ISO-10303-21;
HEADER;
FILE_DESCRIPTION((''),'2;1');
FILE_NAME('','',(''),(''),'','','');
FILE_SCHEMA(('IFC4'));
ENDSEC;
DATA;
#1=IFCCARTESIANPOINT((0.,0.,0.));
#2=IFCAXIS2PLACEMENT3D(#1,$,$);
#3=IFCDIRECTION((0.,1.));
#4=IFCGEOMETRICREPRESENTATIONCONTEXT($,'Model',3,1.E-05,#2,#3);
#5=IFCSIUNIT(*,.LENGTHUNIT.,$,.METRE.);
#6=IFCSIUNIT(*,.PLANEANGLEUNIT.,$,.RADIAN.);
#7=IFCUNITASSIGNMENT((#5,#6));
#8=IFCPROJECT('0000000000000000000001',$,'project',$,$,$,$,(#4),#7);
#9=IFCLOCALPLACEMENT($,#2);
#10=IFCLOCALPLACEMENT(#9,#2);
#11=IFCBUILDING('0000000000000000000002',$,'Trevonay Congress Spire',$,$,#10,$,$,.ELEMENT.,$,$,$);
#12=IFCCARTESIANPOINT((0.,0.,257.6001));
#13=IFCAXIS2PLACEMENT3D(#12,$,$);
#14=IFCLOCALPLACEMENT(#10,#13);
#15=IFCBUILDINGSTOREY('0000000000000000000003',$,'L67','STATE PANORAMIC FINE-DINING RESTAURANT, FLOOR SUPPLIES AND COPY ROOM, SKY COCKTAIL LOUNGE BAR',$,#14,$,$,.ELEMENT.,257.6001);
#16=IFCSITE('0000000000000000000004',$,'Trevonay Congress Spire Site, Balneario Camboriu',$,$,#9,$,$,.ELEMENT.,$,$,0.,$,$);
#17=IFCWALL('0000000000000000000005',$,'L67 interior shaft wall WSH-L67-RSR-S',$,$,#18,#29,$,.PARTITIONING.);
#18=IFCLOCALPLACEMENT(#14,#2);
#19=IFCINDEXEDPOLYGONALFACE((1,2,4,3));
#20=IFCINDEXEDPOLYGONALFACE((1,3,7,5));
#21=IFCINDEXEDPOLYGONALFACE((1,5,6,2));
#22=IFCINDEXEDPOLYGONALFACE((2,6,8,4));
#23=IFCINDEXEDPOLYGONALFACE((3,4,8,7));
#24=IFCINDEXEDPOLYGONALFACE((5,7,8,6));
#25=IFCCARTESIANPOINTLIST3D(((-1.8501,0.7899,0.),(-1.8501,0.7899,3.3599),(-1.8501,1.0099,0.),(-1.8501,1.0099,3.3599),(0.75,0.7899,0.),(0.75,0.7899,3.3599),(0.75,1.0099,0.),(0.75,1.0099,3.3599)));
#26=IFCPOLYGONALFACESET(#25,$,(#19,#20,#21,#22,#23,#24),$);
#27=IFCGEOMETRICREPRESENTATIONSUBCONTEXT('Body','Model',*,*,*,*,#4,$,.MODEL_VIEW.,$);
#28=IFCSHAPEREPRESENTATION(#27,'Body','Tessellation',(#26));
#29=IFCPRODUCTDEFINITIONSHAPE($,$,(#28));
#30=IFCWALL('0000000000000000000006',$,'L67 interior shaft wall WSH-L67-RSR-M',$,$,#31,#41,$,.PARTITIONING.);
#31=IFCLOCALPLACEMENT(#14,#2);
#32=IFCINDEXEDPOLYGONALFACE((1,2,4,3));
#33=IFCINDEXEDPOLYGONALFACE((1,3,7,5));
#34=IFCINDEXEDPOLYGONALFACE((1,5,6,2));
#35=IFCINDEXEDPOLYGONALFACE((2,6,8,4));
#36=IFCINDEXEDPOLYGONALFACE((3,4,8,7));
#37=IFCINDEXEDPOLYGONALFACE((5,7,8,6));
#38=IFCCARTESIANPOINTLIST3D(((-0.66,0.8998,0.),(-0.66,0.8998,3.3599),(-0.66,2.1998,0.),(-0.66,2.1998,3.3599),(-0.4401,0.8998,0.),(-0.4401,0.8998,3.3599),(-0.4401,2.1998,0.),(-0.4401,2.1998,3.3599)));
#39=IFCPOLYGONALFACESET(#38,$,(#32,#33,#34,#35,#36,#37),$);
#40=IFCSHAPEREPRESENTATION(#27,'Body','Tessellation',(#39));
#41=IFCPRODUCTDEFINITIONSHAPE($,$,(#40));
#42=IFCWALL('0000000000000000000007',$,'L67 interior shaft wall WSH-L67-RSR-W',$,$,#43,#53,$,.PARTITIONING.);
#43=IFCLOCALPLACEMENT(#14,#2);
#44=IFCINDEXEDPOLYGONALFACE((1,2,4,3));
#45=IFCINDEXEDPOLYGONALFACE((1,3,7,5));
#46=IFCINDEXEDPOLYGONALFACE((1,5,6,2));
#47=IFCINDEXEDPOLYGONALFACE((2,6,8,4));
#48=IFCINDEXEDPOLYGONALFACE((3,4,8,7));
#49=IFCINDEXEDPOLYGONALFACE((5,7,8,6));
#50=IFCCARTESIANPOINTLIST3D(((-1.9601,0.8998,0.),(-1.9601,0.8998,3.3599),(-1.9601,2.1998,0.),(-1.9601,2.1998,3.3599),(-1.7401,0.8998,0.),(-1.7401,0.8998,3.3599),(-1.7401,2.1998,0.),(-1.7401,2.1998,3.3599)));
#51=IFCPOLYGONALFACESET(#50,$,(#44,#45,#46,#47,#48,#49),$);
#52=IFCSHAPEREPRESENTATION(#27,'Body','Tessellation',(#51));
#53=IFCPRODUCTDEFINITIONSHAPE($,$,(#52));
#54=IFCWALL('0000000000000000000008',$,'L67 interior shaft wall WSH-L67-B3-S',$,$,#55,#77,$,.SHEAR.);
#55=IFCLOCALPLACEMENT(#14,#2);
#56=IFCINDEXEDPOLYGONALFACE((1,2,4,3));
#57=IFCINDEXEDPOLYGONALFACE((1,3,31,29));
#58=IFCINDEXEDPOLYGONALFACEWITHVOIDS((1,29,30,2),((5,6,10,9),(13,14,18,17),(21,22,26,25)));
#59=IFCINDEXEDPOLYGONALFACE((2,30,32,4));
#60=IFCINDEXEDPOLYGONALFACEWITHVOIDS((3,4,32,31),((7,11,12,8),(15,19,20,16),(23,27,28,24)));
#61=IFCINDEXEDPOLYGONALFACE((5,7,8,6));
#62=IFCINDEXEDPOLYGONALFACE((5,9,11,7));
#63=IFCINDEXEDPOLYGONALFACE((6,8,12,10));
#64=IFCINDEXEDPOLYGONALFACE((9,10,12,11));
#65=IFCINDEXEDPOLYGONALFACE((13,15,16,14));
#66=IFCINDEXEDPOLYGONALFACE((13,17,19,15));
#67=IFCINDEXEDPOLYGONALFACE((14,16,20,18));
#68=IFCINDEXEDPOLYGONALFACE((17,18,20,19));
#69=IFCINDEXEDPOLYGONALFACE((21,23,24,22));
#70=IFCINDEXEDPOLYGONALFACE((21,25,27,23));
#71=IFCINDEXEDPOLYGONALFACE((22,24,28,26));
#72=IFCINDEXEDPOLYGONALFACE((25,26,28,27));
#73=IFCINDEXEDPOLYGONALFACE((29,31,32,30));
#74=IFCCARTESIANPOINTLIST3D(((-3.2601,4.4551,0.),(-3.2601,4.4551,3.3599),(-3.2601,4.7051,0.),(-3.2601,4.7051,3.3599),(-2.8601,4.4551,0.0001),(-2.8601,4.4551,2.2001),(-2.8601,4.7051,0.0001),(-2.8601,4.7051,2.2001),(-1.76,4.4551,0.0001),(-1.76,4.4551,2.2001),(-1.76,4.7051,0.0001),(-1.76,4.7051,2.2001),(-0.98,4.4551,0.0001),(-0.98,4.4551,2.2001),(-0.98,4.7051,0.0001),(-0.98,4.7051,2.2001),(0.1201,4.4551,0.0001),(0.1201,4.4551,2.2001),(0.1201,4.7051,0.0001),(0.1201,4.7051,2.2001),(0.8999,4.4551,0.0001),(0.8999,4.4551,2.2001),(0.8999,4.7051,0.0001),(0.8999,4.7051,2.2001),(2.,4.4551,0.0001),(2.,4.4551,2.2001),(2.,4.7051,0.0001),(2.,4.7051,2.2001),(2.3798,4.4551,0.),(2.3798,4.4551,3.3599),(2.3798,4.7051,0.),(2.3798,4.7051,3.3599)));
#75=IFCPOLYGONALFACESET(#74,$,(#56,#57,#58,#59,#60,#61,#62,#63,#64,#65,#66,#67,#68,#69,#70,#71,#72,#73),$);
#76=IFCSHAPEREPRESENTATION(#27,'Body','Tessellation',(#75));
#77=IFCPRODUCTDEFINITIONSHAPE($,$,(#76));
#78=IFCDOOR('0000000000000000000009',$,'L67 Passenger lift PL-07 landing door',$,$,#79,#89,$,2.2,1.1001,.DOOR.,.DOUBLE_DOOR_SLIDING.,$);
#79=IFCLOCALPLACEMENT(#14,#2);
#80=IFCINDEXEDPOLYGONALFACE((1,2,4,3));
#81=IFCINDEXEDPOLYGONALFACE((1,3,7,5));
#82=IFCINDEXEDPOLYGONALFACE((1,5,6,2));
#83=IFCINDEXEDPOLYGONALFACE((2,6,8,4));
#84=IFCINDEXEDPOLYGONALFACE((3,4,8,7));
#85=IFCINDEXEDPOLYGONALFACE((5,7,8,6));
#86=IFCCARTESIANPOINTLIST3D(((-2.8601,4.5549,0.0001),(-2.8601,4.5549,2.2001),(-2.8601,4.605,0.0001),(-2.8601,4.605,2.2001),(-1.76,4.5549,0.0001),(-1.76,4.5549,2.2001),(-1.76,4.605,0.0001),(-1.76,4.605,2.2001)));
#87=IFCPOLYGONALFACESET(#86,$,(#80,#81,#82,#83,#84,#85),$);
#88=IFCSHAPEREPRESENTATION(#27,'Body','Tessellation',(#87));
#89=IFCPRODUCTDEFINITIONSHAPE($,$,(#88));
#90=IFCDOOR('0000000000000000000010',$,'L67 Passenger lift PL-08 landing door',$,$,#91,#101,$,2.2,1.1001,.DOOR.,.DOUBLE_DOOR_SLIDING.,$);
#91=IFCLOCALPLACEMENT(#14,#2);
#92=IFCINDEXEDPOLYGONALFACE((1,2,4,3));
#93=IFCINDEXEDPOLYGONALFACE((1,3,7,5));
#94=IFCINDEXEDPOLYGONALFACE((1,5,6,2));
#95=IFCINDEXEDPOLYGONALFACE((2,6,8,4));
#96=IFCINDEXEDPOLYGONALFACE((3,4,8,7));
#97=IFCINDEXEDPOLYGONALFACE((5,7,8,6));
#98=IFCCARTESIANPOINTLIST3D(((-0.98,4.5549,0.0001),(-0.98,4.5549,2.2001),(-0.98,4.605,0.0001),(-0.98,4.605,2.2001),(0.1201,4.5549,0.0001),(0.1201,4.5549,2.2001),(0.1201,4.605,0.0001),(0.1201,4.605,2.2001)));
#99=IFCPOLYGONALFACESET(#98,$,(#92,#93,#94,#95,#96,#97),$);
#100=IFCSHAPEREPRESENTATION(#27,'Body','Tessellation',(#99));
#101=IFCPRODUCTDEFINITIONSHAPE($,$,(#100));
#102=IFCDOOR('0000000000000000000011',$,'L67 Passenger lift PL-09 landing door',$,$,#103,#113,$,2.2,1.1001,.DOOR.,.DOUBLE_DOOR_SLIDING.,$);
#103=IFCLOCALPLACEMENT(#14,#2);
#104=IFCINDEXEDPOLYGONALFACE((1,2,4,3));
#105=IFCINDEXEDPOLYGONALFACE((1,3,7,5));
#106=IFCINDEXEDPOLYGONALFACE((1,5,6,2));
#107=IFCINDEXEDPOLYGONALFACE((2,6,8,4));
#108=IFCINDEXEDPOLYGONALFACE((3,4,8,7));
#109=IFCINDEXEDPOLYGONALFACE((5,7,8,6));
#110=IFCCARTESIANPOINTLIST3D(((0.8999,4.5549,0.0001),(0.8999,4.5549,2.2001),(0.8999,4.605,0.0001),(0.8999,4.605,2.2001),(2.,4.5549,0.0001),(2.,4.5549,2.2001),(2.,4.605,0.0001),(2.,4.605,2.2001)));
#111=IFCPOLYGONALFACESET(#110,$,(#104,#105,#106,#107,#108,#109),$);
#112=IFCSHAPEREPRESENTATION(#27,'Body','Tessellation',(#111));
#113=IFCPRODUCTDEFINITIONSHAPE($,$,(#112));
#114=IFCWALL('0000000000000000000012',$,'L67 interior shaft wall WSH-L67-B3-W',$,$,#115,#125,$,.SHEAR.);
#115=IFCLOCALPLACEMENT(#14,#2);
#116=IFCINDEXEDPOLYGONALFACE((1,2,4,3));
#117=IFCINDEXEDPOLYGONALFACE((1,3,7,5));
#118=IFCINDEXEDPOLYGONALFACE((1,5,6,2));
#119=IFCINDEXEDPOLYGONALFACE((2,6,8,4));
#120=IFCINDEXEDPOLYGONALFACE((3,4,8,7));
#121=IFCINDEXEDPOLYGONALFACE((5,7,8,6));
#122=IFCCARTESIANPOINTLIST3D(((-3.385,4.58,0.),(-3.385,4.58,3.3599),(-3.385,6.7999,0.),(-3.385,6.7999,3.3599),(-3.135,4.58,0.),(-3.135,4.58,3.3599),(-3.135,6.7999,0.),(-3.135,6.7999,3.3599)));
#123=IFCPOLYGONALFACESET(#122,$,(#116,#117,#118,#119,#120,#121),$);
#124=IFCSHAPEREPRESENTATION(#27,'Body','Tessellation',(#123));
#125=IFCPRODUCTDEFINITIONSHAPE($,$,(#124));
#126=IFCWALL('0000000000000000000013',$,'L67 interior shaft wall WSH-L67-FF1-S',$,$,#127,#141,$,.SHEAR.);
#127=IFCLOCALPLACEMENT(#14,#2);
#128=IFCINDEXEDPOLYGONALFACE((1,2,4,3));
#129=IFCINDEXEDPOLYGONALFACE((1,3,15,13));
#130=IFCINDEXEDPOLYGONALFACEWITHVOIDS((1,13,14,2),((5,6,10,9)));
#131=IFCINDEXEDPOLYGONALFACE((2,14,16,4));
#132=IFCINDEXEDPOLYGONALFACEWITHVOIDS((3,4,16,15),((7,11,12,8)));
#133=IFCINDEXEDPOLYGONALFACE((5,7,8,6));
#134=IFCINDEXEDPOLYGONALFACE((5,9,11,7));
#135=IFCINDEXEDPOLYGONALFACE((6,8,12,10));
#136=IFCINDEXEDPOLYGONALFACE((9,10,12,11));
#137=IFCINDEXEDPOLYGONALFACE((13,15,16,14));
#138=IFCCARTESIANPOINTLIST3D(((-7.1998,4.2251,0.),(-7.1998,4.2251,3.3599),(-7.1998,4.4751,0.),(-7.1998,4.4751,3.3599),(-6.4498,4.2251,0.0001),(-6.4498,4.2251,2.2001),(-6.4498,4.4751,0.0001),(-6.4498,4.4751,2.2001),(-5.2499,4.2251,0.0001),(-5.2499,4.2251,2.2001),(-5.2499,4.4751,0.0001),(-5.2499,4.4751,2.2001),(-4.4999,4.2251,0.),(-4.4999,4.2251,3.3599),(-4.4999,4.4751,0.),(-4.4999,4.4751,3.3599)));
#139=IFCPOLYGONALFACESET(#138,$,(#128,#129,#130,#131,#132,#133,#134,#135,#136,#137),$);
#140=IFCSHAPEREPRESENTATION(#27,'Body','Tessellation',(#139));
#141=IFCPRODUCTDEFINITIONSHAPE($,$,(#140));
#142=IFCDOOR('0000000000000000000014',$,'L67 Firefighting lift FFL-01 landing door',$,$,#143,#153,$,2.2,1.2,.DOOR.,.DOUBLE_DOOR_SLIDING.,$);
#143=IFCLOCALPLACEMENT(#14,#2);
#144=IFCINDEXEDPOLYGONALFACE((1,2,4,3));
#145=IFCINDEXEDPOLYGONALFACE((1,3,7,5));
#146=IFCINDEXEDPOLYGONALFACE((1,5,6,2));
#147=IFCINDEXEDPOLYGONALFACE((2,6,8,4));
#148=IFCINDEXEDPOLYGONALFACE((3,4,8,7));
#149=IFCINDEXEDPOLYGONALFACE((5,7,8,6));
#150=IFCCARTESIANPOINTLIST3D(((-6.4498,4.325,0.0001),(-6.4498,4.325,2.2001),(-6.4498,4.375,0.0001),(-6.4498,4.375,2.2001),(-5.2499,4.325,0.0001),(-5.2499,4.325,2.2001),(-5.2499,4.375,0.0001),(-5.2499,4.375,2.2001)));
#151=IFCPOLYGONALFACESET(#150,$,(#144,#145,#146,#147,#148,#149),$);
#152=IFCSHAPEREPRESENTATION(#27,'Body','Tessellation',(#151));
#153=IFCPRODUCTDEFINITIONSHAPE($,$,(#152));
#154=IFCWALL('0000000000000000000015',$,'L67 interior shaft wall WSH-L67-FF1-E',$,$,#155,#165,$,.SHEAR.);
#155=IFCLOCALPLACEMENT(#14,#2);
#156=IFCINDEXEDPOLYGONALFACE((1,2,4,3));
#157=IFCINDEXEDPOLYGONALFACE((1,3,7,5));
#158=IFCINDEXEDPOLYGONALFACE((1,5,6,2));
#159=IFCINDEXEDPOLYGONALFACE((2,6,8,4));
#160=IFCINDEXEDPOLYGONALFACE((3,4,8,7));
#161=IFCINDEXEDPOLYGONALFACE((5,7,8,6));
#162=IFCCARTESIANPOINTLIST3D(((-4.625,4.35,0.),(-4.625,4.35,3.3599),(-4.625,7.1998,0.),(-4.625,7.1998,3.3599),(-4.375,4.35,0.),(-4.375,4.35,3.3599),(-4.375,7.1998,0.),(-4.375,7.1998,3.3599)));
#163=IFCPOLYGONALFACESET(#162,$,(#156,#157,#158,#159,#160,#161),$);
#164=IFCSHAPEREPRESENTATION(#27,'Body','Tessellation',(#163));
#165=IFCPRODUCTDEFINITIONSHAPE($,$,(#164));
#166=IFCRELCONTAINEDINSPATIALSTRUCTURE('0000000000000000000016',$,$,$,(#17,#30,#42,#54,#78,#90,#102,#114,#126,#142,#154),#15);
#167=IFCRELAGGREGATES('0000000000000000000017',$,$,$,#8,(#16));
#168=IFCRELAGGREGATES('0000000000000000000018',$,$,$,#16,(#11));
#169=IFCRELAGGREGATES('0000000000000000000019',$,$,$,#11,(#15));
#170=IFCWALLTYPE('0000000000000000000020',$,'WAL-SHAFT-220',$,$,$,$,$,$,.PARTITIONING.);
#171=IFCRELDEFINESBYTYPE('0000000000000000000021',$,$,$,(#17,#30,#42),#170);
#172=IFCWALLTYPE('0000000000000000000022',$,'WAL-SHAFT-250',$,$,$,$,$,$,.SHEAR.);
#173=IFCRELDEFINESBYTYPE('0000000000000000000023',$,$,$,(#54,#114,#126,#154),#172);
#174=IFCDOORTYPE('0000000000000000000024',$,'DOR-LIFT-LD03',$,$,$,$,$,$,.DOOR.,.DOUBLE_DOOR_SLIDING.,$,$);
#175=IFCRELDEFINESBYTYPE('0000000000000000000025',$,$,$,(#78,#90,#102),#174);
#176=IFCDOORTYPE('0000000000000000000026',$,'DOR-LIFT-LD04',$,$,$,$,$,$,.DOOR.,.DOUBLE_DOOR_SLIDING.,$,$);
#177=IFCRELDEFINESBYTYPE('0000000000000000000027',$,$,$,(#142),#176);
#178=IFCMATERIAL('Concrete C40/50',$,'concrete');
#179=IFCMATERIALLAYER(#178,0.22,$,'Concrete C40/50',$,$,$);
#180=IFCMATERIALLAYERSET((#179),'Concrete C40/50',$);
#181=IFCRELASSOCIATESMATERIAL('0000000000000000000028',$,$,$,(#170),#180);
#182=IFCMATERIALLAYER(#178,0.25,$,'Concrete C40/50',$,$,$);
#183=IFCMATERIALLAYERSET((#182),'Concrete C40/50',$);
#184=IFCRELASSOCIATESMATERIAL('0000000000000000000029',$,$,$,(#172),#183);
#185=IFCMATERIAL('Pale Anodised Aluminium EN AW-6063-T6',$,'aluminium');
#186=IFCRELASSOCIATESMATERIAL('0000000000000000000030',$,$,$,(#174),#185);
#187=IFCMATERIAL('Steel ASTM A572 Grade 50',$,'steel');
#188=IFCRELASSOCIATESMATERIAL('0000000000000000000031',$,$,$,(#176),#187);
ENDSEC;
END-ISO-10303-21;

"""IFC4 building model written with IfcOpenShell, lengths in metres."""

from ifc_helpers import new_model, si_unit, direction, frame, frame_2d, origin, place, context, subcontext, project, spatial, rectangle, extrude, material, layer, layer_set, type_object, element, fill, save


model = new_model("IFC4")

# Units and contexts
model_context = context("Model", 3, precision=1e-05, world=origin(), true_north=direction((0.0, 1.0)))
body_context = subcontext(model_context, "Body", "Model", "MODEL_VIEW")
ifc_project = project(units=[si_unit("LENGTHUNIT", "METRE"), si_unit("PLANEANGLEUNIT", "RADIAN")], contexts=[model_context])

# Site, building, storey
site_placement = place(None, origin())
site = spatial("IfcSite", under=ifc_project, at=site_placement, Name="Trevonay Congress Spire Site, Balneario Camboriu", CompositionType="ELEMENT", RefElevation=0.0)
building_placement = place(site_placement, origin())
building = spatial("IfcBuilding", under=site, at=building_placement, Name="Trevonay Congress Spire", CompositionType="ELEMENT")
storey_placement = place(building_placement, frame((0.0, 0.0, 257.6001)))
storey = spatial("IfcBuildingStorey", under=building, at=storey_placement, Name="L67", Description="STATE PANORAMIC FINE-DINING RESTAURANT, FLOOR SUPPLIES AND COPY ROOM, SKY COCKTAIL LOUNGE BAR", CompositionType="ELEMENT", Elevation=257.6001)

# Shared definitions
ifc_material_1 = material(Name="Steel ASTM A572 Grade 50", Category="steel")

# Shared definitions
ifc_material_2 = material(Name="Concrete C40/50", Category="concrete")

# Walls
ifc_layer_1 = layer(ifc_material_2, 0.22, Name="Concrete C40/50")
ifc_layer_set_1 = layer_set([ifc_layer_1], Name="Concrete C40/50")
wall_type_1 = type_object("IfcWallType", Name="WAL-SHAFT-220", PredefinedType="PARTITIONING", material=ifc_layer_set_1)
for number, where, z_axis, x_axis, name in (
    (1, (-1.8501, 0.8999, 0.0), (0.0, 0.0, 1.0), (1.0, 0.0, 0.0), "L67 interior shaft wall WSH-L67-RSR-S"),
):
    element("IfcWall", number, at=place(storey_placement, frame(where, z_axis=z_axis, x_axis=x_axis)), inside=storey, type_object=wall_type_1, Name=name, PredefinedType="PARTITIONING", context=body_context, shape_type="SweptSolid", body=[
        extrude(rectangle(XDim=2.6001, YDim=0.22, at=frame_2d((1.3, 0.0))), origin(), (0.0, 0.0, 1.0), 3.3599),
    ])
for number, where, z_axis, x_axis, name in (
    (2, (-0.55, 0.8999, 0.0), (0.0, 0.0, 1.0), (0.0, 1.0, 0.0), "L67 interior shaft wall WSH-L67-RSR-M"),
    (3, (-1.8501, 0.8999, 0.0), (0.0, 0.0, 1.0), (0.0, 1.0, 0.0), "L67 interior shaft wall WSH-L67-RSR-W"),
):
    element("IfcWall", number, at=place(storey_placement, frame(where, z_axis=z_axis, x_axis=x_axis)), inside=storey, type_object=wall_type_1, Name=name, PredefinedType="PARTITIONING", context=body_context, shape_type="SweptSolid", body=[
        extrude(rectangle(XDim=1.3, YDim=0.22, at=frame_2d((0.6499, 0.0))), origin(), (0.0, 0.0, 1.0), 3.3599),
    ])

# Wall, openings, doors
ifc_layer_2 = layer(ifc_material_2, 0.25, Name="Concrete C40/50")
ifc_layer_set_2 = layer_set([ifc_layer_2], Name="Concrete C40/50")
wall_type_2 = type_object("IfcWallType", Name="WAL-SHAFT-250", PredefinedType="SHEAR", material=ifc_layer_set_2)
wall_1_placement = place(storey_placement, frame((-3.26, 4.5801, 0.0), z_axis=(0.0, 0.0, 1.0), x_axis=(1.0, 0.0, 0.0)))
wall_1 = element("IfcWall", 4, at=wall_1_placement, inside=storey, type_object=wall_type_2, Name="L67 interior shaft wall WSH-L67-B3-S", PredefinedType="SHEAR", context=body_context, shape_type="SweptSolid", body=[
    extrude(rectangle(XDim=5.6399, YDim=0.25, at=frame_2d((2.8198, 0.0))), origin(), (0.0, 0.0, 1.0), 3.3599),
])
opening_1_placement = place(wall_1_placement, frame((0.3999, 0.0, 0.0)))
opening_1 = element("IfcOpeningElement", 5, at=opening_1_placement, cuts=wall_1, PredefinedType="OPENING", context=body_context, shape_type="SweptSolid", body=[
    extrude(rectangle(XDim=1.1001, YDim=2.2, at=frame_2d((0.55, 1.1001))), frame((0.0, 0.135, 0.0), z_axis=(0.0, -1.0, 0.0), x_axis=(1.0, 0.0, 0.0)), (0.0, 0.0, 1.0), 0.27),
])
opening_2_placement = place(wall_1_placement, frame((2.28, 0.0, 0.0)))
opening_2 = element("IfcOpeningElement", 6, at=opening_2_placement, cuts=wall_1, PredefinedType="OPENING", context=body_context, shape_type="SweptSolid", body=[
    extrude(rectangle(XDim=1.1001, YDim=2.2, at=frame_2d((0.55, 1.1001))), frame((0.0, 0.135, 0.0), z_axis=(0.0, -1.0, 0.0), x_axis=(1.0, 0.0, 0.0)), (0.0, 0.0, 1.0), 0.27),
])
opening_3_placement = place(wall_1_placement, frame((4.1599, 0.0, 0.0)))
opening_3 = element("IfcOpeningElement", 7, at=opening_3_placement, cuts=wall_1, PredefinedType="OPENING", context=body_context, shape_type="SweptSolid", body=[
    extrude(rectangle(XDim=1.1001, YDim=2.2, at=frame_2d((0.55, 1.1001))), frame((0.0, 0.135, 0.0), z_axis=(0.0, -1.0, 0.0), x_axis=(1.0, 0.0, 0.0)), (0.0, 0.0, 1.0), 0.27),
])
ifc_material_3 = material(Name="Pale Anodised Aluminium EN AW-6063-T6", Category="aluminium")
door_type_1 = type_object("IfcDoorType", Name="DOR-LIFT-LD03", OperationType="DOUBLE_DOOR_SLIDING", PredefinedType="DOOR", material=ifc_material_3)
door_1_placement = place(opening_1_placement, origin())
door_1 = element("IfcDoor", 8, at=door_1_placement, inside=storey, type_object=door_type_1, Name="L67 Passenger lift PL-07 landing door", OperationType="DOUBLE_DOOR_SLIDING", OverallHeight=2.2, OverallWidth=1.1001, PredefinedType="DOOR", context=body_context, shape_type="SweptSolid", body=[
    extrude(rectangle(XDim=1.1001, YDim=2.2, at=frame_2d((0.55, 1.1001))), frame((0.0, 0.0249, 0.0), z_axis=(0.0, -1.0, 0.0), x_axis=(1.0, 0.0, 0.0)), (0.0, 0.0, 1.0), 0.05),
])
fill(opening_1, door_1)
door_2_placement = place(opening_2_placement, origin())
door_2 = element("IfcDoor", 9, at=door_2_placement, inside=storey, type_object=door_type_1, Name="L67 Passenger lift PL-08 landing door", OperationType="DOUBLE_DOOR_SLIDING", OverallHeight=2.2, OverallWidth=1.1001, PredefinedType="DOOR", context=body_context, shape_type="SweptSolid", body=[
    extrude(rectangle(XDim=1.1001, YDim=2.2, at=frame_2d((0.55, 1.1001))), frame((0.0, 0.0249, 0.0), z_axis=(0.0, -1.0, 0.0), x_axis=(1.0, 0.0, 0.0)), (0.0, 0.0, 1.0), 0.05),
])
fill(opening_2, door_2)
door_3_placement = place(opening_3_placement, origin())
door_3 = element("IfcDoor", 10, at=door_3_placement, inside=storey, type_object=door_type_1, Name="L67 Passenger lift PL-09 landing door", OperationType="DOUBLE_DOOR_SLIDING", OverallHeight=2.2, OverallWidth=1.1001, PredefinedType="DOOR", context=body_context, shape_type="SweptSolid", body=[
    extrude(rectangle(XDim=1.1001, YDim=2.2, at=frame_2d((0.55, 1.1001))), frame((0.0, 0.0249, 0.0), z_axis=(0.0, -1.0, 0.0), x_axis=(1.0, 0.0, 0.0)), (0.0, 0.0, 1.0), 0.05),
])
fill(opening_3, door_3)

# Wall
wall_2_placement = place(storey_placement, frame((-3.26, 4.5801, 0.0), z_axis=(0.0, 0.0, 1.0), x_axis=(0.0, 1.0, 0.0)))
element("IfcWall", 11, at=wall_2_placement, inside=storey, type_object=wall_type_2, Name="L67 interior shaft wall WSH-L67-B3-W", PredefinedType="SHEAR", context=body_context, shape_type="SweptSolid", body=[
    extrude(rectangle(XDim=2.22, YDim=0.25, at=frame_2d((1.1099, 0.0))), origin(), (0.0, 0.0, 1.0), 3.3599),
])

# Wall, opening, door
wall_3_placement = place(storey_placement, frame((-7.2, 4.3501, 0.0), z_axis=(0.0, 0.0, 1.0), x_axis=(1.0, 0.0, 0.0)))
wall_3 = element("IfcWall", 12, at=wall_3_placement, inside=storey, type_object=wall_type_2, Name="L67 interior shaft wall WSH-L67-FF1-S", PredefinedType="SHEAR", context=body_context, shape_type="SweptSolid", body=[
    extrude(rectangle(XDim=2.7, YDim=0.25, at=frame_2d((1.3501, 0.0))), origin(), (0.0, 0.0, 1.0), 3.3599),
])
opening_4_placement = place(wall_3_placement, frame((0.75, 0.0, 0.0)))
opening_4 = element("IfcOpeningElement", 13, at=opening_4_placement, cuts=wall_3, PredefinedType="OPENING", context=body_context, shape_type="SweptSolid", body=[
    extrude(rectangle(XDim=1.2, YDim=2.2, at=frame_2d((0.6001, 1.1001))), frame((0.0, 0.135, 0.0), z_axis=(0.0, -1.0, 0.0), x_axis=(1.0, 0.0, 0.0)), (0.0, 0.0, 1.0), 0.27),
])
door_type_2 = type_object("IfcDoorType", Name="DOR-LIFT-LD04", OperationType="DOUBLE_DOOR_SLIDING", PredefinedType="DOOR", material=ifc_material_1)
door_4_placement = place(opening_4_placement, origin())
door_4 = element("IfcDoor", 14, at=door_4_placement, inside=storey, type_object=door_type_2, Name="L67 Firefighting lift FFL-01 landing door", OperationType="DOUBLE_DOOR_SLIDING", OverallHeight=2.2, OverallWidth=1.2, PredefinedType="DOOR", context=body_context, shape_type="SweptSolid", body=[
    extrude(rectangle(XDim=1.2, YDim=2.2, at=frame_2d((0.6001, 1.1001))), frame((0.0, 0.0249, 0.0), z_axis=(0.0, -1.0, 0.0), x_axis=(1.0, 0.0, 0.0)), (0.0, 0.0, 1.0), 0.05),
])
fill(opening_4, door_4)

# Wall
wall_4_placement = place(storey_placement, frame((-4.5, 4.3501, 0.0), z_axis=(0.0, 0.0, 1.0), x_axis=(0.0, 1.0, 0.0)))
element("IfcWall", 15, at=wall_4_placement, inside=storey, type_object=wall_type_2, Name="L67 interior shaft wall WSH-L67-FF1-E", PredefinedType="SHEAR", context=body_context, shape_type="SweptSolid", body=[
    extrude(rectangle(XDim=2.8499, YDim=0.25, at=frame_2d((1.4248, 0.0))), origin(), (0.0, 0.0, 1.0), 3.3599),
])

save(model, "model.ifc")
